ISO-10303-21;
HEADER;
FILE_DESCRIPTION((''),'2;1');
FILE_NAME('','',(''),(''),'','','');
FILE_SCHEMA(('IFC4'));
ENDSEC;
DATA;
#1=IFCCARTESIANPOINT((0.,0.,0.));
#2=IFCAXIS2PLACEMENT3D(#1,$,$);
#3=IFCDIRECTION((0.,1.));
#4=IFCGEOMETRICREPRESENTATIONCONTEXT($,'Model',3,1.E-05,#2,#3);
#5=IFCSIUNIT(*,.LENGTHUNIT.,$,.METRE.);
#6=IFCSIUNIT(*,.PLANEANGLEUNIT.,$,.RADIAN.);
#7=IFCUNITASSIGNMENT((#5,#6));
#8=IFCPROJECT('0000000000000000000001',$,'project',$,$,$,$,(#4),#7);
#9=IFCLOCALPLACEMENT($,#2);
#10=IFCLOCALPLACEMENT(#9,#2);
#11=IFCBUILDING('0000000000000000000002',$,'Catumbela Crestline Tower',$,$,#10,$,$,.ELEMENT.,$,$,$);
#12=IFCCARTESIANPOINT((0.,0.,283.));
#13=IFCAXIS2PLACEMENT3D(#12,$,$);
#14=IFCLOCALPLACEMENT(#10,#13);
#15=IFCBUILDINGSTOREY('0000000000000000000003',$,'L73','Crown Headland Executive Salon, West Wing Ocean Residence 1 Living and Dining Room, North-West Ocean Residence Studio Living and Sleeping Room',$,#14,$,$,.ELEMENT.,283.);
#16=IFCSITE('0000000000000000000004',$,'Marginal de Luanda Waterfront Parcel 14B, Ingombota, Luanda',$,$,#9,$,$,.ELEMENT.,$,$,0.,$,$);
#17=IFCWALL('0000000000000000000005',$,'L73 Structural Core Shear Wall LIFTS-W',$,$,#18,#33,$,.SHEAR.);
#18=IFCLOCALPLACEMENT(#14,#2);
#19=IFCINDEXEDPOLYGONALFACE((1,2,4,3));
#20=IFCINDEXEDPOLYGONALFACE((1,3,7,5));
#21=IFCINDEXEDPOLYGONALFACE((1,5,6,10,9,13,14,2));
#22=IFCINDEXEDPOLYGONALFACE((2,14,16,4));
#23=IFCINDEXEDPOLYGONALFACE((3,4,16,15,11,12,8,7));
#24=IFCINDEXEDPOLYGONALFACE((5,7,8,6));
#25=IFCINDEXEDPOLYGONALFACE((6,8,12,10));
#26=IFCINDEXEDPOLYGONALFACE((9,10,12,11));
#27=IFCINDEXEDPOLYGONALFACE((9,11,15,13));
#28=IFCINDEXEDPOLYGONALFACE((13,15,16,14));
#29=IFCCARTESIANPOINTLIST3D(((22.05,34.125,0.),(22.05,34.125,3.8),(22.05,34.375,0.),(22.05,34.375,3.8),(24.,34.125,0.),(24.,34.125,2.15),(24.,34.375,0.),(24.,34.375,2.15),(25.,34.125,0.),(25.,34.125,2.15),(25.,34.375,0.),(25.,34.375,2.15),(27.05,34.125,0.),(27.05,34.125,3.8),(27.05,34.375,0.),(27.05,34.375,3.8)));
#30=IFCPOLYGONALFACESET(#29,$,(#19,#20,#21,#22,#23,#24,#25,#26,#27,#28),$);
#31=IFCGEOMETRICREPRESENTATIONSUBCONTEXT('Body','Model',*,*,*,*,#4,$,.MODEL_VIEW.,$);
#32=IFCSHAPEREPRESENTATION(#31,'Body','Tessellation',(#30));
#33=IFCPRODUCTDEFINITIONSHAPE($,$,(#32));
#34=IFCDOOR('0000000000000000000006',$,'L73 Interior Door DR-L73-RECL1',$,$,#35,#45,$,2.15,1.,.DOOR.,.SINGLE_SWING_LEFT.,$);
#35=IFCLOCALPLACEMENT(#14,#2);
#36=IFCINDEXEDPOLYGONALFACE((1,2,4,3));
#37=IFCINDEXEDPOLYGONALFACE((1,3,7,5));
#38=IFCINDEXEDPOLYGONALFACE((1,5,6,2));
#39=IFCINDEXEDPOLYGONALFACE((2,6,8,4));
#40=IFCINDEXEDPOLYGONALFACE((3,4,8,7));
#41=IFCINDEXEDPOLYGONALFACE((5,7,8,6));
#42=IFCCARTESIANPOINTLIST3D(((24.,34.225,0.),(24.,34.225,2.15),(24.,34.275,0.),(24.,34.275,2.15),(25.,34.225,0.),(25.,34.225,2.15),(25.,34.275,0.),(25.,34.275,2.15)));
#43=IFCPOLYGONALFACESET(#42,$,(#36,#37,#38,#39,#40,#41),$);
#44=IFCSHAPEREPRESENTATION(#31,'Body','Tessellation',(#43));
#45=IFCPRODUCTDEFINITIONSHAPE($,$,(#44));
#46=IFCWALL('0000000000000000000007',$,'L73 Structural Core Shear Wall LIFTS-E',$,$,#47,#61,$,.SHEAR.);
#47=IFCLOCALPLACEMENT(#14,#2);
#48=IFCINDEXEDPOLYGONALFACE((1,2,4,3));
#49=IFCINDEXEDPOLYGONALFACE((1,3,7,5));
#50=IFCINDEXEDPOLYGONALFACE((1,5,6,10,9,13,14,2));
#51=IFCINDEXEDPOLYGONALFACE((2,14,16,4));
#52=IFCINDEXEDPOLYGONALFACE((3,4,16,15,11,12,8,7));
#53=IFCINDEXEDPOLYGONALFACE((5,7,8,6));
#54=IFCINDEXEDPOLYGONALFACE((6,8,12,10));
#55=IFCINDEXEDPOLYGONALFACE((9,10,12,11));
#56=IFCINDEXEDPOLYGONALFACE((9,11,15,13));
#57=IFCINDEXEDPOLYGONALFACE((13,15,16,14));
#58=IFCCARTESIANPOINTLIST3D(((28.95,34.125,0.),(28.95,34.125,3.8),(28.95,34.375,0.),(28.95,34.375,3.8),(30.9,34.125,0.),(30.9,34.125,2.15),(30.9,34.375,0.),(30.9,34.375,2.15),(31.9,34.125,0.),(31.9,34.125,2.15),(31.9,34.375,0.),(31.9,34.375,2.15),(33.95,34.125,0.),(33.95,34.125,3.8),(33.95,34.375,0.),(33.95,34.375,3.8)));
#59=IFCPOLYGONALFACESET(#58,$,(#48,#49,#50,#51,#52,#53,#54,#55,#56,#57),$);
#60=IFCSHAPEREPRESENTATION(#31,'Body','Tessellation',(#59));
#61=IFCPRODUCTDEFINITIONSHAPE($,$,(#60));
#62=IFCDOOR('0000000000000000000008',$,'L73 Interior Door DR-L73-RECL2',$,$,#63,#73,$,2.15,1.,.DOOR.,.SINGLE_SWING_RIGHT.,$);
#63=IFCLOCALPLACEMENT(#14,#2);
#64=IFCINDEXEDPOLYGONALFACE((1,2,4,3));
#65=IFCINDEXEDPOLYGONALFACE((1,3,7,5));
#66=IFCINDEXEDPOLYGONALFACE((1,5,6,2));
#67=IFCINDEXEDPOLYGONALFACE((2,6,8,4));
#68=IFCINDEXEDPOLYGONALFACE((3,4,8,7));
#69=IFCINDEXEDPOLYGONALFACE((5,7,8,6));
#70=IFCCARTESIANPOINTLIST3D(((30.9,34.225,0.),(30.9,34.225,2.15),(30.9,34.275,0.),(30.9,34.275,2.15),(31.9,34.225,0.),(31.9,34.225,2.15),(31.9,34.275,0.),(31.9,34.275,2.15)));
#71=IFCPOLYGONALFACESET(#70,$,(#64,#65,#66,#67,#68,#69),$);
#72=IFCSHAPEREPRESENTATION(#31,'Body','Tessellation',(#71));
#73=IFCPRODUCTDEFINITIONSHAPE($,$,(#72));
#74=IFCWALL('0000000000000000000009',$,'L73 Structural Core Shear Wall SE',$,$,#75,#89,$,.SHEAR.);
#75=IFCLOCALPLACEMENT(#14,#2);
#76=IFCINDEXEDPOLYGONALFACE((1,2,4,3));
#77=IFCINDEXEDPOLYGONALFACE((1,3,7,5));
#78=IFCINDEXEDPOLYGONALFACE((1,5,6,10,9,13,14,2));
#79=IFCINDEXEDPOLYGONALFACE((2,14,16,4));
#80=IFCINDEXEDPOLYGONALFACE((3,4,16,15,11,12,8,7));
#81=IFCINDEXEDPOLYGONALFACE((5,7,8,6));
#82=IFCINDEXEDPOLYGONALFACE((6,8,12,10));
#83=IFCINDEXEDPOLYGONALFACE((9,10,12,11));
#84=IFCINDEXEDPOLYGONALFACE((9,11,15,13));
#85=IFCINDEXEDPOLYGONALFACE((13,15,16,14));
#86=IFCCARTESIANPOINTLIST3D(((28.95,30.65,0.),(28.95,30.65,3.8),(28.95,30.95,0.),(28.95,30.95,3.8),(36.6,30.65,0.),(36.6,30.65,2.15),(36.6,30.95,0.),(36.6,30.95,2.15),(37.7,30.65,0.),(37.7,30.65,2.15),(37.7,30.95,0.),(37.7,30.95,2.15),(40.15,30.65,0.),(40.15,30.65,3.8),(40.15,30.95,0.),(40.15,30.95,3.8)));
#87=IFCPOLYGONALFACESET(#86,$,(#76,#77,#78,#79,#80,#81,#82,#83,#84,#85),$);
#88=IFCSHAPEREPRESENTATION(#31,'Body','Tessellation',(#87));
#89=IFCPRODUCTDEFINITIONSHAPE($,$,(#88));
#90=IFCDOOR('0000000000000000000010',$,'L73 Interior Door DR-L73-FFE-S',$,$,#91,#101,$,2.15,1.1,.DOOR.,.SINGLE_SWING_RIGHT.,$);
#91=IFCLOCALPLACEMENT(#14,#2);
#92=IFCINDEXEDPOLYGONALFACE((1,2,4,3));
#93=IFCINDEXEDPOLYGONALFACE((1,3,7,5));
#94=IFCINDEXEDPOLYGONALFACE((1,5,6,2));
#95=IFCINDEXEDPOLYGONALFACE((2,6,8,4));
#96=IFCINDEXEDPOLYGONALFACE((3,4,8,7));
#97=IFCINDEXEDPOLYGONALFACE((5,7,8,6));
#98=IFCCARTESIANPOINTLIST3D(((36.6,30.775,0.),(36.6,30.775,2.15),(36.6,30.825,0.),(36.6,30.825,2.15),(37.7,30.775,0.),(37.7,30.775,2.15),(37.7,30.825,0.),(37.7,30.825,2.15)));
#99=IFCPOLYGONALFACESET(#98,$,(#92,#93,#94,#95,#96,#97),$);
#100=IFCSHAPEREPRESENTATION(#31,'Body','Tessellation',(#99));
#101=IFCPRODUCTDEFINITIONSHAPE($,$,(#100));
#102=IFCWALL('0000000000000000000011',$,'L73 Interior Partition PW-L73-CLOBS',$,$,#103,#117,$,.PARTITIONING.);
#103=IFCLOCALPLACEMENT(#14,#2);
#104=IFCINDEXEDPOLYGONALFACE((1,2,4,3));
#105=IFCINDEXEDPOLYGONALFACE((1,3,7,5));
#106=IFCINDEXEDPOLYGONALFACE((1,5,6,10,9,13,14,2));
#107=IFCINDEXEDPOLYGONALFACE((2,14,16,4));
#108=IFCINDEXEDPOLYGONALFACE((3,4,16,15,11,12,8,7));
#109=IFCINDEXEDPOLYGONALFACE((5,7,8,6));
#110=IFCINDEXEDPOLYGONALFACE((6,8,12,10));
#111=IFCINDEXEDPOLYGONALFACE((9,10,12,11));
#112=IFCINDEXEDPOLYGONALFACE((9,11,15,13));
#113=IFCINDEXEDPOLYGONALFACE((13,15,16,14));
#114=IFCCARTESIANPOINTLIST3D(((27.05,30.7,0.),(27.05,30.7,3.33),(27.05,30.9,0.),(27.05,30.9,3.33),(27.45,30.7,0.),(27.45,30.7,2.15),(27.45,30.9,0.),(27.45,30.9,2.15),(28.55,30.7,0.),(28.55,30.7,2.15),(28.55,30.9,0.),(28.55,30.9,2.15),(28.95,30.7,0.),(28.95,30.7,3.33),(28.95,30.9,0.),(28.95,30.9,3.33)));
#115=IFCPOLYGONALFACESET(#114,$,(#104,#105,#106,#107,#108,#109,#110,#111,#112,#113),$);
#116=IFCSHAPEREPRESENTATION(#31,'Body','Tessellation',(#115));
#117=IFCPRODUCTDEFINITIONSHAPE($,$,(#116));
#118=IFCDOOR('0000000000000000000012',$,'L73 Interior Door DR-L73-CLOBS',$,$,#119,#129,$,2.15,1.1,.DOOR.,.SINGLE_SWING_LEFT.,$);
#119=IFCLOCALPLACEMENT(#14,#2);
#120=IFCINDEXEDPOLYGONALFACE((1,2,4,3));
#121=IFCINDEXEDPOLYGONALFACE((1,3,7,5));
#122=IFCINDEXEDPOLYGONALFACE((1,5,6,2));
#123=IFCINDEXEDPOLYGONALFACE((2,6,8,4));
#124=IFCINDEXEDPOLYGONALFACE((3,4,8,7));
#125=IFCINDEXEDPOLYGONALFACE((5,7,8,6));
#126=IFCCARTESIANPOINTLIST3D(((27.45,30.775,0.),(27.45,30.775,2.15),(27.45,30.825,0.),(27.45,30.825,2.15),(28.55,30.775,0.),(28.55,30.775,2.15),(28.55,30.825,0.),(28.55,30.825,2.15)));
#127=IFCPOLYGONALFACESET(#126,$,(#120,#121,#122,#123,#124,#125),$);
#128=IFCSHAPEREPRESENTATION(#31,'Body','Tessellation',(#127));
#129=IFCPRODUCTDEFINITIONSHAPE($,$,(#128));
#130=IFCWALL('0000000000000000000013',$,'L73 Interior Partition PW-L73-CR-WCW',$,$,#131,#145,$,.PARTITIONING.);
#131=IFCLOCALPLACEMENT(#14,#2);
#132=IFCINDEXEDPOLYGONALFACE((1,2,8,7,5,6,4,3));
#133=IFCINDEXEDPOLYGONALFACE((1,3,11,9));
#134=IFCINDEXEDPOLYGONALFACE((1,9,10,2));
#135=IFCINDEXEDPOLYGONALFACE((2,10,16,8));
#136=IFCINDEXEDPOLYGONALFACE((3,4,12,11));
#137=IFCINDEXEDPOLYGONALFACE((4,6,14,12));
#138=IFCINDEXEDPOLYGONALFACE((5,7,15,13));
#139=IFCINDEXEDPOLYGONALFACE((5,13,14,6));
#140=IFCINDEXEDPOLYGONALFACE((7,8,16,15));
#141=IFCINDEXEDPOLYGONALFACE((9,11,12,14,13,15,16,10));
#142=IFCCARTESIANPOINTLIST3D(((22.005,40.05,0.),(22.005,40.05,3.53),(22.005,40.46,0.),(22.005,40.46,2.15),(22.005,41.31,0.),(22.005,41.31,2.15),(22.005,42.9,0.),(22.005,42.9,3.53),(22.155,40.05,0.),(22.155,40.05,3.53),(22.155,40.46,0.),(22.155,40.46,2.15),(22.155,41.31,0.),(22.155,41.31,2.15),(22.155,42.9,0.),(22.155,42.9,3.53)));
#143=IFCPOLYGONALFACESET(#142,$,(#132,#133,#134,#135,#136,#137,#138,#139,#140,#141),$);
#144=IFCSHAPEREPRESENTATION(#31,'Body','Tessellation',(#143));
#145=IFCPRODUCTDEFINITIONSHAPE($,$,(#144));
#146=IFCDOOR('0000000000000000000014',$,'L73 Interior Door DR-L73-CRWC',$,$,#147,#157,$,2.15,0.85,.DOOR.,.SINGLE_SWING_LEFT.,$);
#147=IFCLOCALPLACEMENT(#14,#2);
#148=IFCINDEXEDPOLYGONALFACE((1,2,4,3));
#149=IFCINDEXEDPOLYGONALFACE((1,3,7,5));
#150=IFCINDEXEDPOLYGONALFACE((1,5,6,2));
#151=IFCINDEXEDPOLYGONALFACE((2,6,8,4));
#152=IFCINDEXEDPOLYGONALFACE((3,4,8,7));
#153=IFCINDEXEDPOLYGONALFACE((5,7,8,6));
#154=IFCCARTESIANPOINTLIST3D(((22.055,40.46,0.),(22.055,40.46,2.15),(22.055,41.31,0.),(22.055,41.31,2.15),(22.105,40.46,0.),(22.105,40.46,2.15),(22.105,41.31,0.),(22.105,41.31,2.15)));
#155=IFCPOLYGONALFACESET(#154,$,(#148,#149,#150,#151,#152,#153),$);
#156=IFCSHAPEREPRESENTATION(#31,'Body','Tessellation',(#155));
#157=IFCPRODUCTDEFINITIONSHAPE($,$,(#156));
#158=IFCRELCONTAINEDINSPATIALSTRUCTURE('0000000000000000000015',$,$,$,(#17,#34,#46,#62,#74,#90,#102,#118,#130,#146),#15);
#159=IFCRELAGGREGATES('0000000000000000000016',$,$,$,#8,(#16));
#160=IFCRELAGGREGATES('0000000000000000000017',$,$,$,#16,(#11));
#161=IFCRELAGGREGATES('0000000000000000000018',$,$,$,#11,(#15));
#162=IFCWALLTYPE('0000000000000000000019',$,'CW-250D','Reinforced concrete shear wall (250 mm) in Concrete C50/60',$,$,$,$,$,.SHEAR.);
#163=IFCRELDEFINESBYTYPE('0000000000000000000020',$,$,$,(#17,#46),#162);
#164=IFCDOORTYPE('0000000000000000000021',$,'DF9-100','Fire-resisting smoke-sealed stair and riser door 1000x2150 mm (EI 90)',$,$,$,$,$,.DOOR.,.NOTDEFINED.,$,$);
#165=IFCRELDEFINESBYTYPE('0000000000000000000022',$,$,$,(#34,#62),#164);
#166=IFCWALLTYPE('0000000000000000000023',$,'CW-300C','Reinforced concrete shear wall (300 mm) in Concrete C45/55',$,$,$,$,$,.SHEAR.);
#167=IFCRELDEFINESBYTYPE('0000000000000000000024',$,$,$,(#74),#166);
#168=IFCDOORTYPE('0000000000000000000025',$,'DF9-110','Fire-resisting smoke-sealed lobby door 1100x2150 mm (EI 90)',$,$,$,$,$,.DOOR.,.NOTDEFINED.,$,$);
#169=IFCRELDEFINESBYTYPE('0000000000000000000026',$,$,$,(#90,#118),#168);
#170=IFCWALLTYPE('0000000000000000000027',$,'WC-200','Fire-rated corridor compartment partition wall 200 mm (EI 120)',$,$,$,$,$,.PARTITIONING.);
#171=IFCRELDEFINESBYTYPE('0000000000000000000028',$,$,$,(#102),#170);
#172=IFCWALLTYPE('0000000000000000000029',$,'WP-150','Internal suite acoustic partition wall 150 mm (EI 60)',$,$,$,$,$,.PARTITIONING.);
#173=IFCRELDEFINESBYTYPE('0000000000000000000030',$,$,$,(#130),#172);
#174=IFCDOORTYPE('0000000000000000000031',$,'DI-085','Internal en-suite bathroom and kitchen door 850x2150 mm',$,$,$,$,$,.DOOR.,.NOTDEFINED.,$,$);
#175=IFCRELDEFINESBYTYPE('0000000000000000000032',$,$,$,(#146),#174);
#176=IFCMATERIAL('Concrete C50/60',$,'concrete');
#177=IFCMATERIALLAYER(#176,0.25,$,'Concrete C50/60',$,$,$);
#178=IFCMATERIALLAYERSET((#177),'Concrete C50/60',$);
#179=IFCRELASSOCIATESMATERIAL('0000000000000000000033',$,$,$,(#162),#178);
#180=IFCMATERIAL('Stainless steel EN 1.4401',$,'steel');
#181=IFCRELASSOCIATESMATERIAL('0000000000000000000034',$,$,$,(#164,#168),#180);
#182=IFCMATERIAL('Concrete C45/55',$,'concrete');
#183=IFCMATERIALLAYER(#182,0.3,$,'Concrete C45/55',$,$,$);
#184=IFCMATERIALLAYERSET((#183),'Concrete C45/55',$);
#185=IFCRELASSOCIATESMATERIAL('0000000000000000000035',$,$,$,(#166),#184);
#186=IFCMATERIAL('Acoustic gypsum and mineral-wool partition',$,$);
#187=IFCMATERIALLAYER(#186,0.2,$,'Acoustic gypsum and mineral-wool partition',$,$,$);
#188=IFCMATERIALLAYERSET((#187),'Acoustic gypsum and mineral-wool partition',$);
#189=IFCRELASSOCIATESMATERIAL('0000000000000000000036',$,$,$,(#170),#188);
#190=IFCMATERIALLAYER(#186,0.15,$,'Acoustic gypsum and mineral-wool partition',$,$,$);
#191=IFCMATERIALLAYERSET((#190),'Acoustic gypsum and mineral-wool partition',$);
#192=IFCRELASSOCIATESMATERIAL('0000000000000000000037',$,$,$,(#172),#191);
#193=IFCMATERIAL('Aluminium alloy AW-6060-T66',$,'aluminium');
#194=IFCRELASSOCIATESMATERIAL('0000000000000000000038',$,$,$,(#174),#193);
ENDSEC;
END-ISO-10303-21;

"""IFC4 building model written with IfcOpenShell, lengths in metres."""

from ifc_helpers import new_model, si_unit, direction, frame, frame_2d, origin, place, context, subcontext, project, spatial, rectangle, extrude, material, layer, layer_set, type_object, element, fill, save


model = new_model("IFC4")

# Units and contexts
model_context = context("Model", 3, precision=1e-05, world=origin(), true_north=direction((0.0, 1.0)))
body_context = subcontext(model_context, "Body", "Model", "MODEL_VIEW")
ifc_project = project(units=[si_unit("LENGTHUNIT", "METRE"), si_unit("PLANEANGLEUNIT", "RADIAN")], contexts=[model_context])

# Site, building, storey
site_placement = place(None, origin())
site = spatial("IfcSite", under=ifc_project, at=site_placement, Name="Marginal de Luanda Waterfront Parcel 14B, Ingombota, Luanda", CompositionType="ELEMENT", RefElevation=0.0)
building_placement = place(site_placement, origin())
building = spatial("IfcBuilding", under=site, at=building_placement, Name="Catumbela Crestline Tower", CompositionType="ELEMENT")
storey_placement = place(building_placement, frame((0.0, 0.0, 283.0)))
storey = spatial("IfcBuildingStorey", under=building, at=storey_placement, Name="L73", Description="Crown Headland Executive Salon, West Wing Ocean Residence 1 Living and Dining Room, North-West Ocean Residence Studio Living and Sleeping Room", CompositionType="ELEMENT", Elevation=283.0)

# Walls, openings, doors
ifc_material_1 = material(Name="Concrete C50/60", Category="concrete")
ifc_layer_1 = layer(ifc_material_1, 0.25, Name="Concrete C50/60")
ifc_layer_set_1 = layer_set([ifc_layer_1], Name="Concrete C50/60")
wall_type_1 = type_object("IfcWallType", Name="CW-250D", Description="Reinforced concrete shear wall (250 mm) in Concrete C50/60", PredefinedType="SHEAR", material=ifc_layer_set_1)
wall_1_placement = place(storey_placement, frame((22.05, 34.25, 0.0), z_axis=(0.0, 0.0, 1.0), x_axis=(1.0, 0.0, 0.0)))
wall_1 = element("IfcWall", 1, at=wall_1_placement, inside=storey, type_object=wall_type_1, Name="L73 Structural Core Shear Wall LIFTS-W", PredefinedType="SHEAR", context=body_context, shape_type="SweptSolid", body=[
    extrude(rectangle(XDim=5.0, YDim=0.25, at=frame_2d((2.5, 0.0))), origin(), (0.0, 0.0, 1.0), 3.8),
])
opening_1_placement = place(wall_1_placement, frame((1.95, 0.0, 0.0)))
opening_1 = element("IfcOpeningElement", 2, at=opening_1_placement, cuts=wall_1, PredefinedType="OPENING", context=body_context, shape_type="SweptSolid", body=[
    extrude(rectangle(XDim=1.0, YDim=2.15, at=frame_2d((0.5, 1.075))), frame((0.0, 0.135, 0.0), z_axis=(0.0, -1.0, 0.0), x_axis=(1.0, 0.0, 0.0)), (0.0, 0.0, 1.0), 0.27),
])
ifc_material_2 = material(Name="Stainless steel EN 1.4401", Category="steel")
door_type_1 = type_object("IfcDoorType", Name="DF9-100", Description="Fire-resisting smoke-sealed stair and riser door 1000x2150 mm (EI 90)", OperationType="NOTDEFINED", PredefinedType="DOOR", material=ifc_material_2)
door_1_placement = place(opening_1_placement, origin())
door_1 = element("IfcDoor", 3, at=door_1_placement, inside=storey, type_object=door_type_1, Name="L73 Interior Door DR-L73-RECL1", OperationType="SINGLE_SWING_LEFT", OverallHeight=2.15, OverallWidth=1.0, PredefinedType="DOOR", context=body_context, shape_type="SweptSolid", body=[
    extrude(rectangle(XDim=1.0, YDim=2.15, at=frame_2d((0.5, 1.075))), frame((0.0, 0.025, 0.0), z_axis=(0.0, -1.0, 0.0), x_axis=(1.0, 0.0, 0.0)), (0.0, 0.0, 1.0), 0.05),
])
fill(opening_1, door_1)
wall_2_placement = place(storey_placement, frame((28.95, 34.25, 0.0), z_axis=(0.0, 0.0, 1.0), x_axis=(1.0, 0.0, 0.0)))
wall_2 = element("IfcWall", 4, at=wall_2_placement, inside=storey, type_object=wall_type_1, Name="L73 Structural Core Shear Wall LIFTS-E", PredefinedType="SHEAR", context=body_context, shape_type="SweptSolid", body=[
    extrude(rectangle(XDim=5.0, YDim=0.25, at=frame_2d((2.5, 0.0))), origin(), (0.0, 0.0, 1.0), 3.8),
])
opening_2_placement = place(wall_2_placement, frame((1.95, 0.0, 0.0)))
opening_2 = element("IfcOpeningElement", 5, at=opening_2_placement, cuts=wall_2, PredefinedType="OPENING", context=body_context, shape_type="SweptSolid", body=[
    extrude(rectangle(XDim=1.0, YDim=2.15, at=frame_2d((0.5, 1.075))), frame((0.0, 0.135, 0.0), z_axis=(0.0, -1.0, 0.0), x_axis=(1.0, 0.0, 0.0)), (0.0, 0.0, 1.0), 0.27),
])
door_2_placement = place(opening_2_placement, origin())
door_2 = element("IfcDoor", 6, at=door_2_placement, inside=storey, type_object=door_type_1, Name="L73 Interior Door DR-L73-RECL2", OperationType="SINGLE_SWING_RIGHT", OverallHeight=2.15, OverallWidth=1.0, PredefinedType="DOOR", context=body_context, shape_type="SweptSolid", body=[
    extrude(rectangle(XDim=1.0, YDim=2.15, at=frame_2d((0.5, 1.075))), frame((0.0, 0.025, 0.0), z_axis=(0.0, -1.0, 0.0), x_axis=(1.0, 0.0, 0.0)), (0.0, 0.0, 1.0), 0.05),
])
fill(opening_2, door_2)
ifc_material_3 = material(Name="Concrete C45/55", Category="concrete")
ifc_layer_2 = layer(ifc_material_3, 0.3, Name="Concrete C45/55")
ifc_layer_set_2 = layer_set([ifc_layer_2], Name="Concrete C45/55")
wall_type_2 = type_object("IfcWallType", Name="CW-300C", Description="Reinforced concrete shear wall (300 mm) in Concrete C45/55", PredefinedType="SHEAR", material=ifc_layer_set_2)
wall_3_placement = place(storey_placement, frame((28.95, 30.8, 0.0), z_axis=(0.0, 0.0, 1.0), x_axis=(1.0, 0.0, 0.0)))
wall_3 = element("IfcWall", 7, at=wall_3_placement, inside=storey, type_object=wall_type_2, Name="L73 Structural Core Shear Wall SE", PredefinedType="SHEAR", context=body_context, shape_type="SweptSolid", body=[
    extrude(rectangle(XDim=11.2, YDim=0.3, at=frame_2d((5.6, 0.0))), origin(), (0.0, 0.0, 1.0), 3.8),
])
opening_3_placement = place(wall_3_placement, frame((7.65, 0.0, 0.0)))
opening_3 = element("IfcOpeningElement", 8, at=opening_3_placement, cuts=wall_3, PredefinedType="OPENING", context=body_context, shape_type="SweptSolid", body=[
    extrude(rectangle(XDim=1.1, YDim=2.15, at=frame_2d((0.55, 1.075))), frame((0.0, 0.16, 0.0), z_axis=(0.0, -1.0, 0.0), x_axis=(1.0, 0.0, 0.0)), (0.0, 0.0, 1.0), 0.32),
])
door_type_2 = type_object("IfcDoorType", Name="DF9-110", Description="Fire-resisting smoke-sealed lobby door 1100x2150 mm (EI 90)", OperationType="NOTDEFINED", PredefinedType="DOOR", material=ifc_material_2)
door_3_placement = place(opening_3_placement, origin())
door_3 = element("IfcDoor", 9, at=door_3_placement, inside=storey, type_object=door_type_2, Name="L73 Interior Door DR-L73-FFE-S", OperationType="SINGLE_SWING_RIGHT", OverallHeight=2.15, OverallWidth=1.1, PredefinedType="DOOR", context=body_context, shape_type="SweptSolid", body=[
    extrude(rectangle(XDim=1.1, YDim=2.15, at=frame_2d((0.55, 1.075))), frame((0.0, 0.025, 0.0), z_axis=(0.0, -1.0, 0.0), x_axis=(1.0, 0.0, 0.0)), (0.0, 0.0, 1.0), 0.05),
])
fill(opening_3, door_3)
ifc_material_4 = material(Name="Acoustic gypsum and mineral-wool partition")
ifc_layer_3 = layer(ifc_material_4, 0.2, Name="Acoustic gypsum and mineral-wool partition")
ifc_layer_set_3 = layer_set([ifc_layer_3], Name="Acoustic gypsum and mineral-wool partition")
wall_type_3 = type_object("IfcWallType", Name="WC-200", Description="Fire-rated corridor compartment partition wall 200 mm (EI 120)", PredefinedType="PARTITIONING", material=ifc_layer_set_3)
wall_4_placement = place(storey_placement, frame((27.05, 30.8, 0.0), z_axis=(0.0, 0.0, 1.0), x_axis=(1.0, 0.0, 0.0)))
wall_4 = element("IfcWall", 10, at=wall_4_placement, inside=storey, type_object=wall_type_3, Name="L73 Interior Partition PW-L73-CLOBS", PredefinedType="PARTITIONING", context=body_context, shape_type="SweptSolid", body=[
    extrude(rectangle(XDim=1.9, YDim=0.2, at=frame_2d((0.95, 0.0))), origin(), (0.0, 0.0, 1.0), 3.33),
])
opening_4_placement = place(wall_4_placement, frame((0.4, 0.0, 0.0)))
opening_4 = element("IfcOpeningElement", 11, at=opening_4_placement, cuts=wall_4, PredefinedType="OPENING", context=body_context, shape_type="SweptSolid", body=[
    extrude(rectangle(XDim=1.1, YDim=2.15, at=frame_2d((0.55, 1.075))), frame((0.0, 0.11, 0.0), z_axis=(0.0, -1.0, 0.0), x_axis=(1.0, 0.0, 0.0)), (0.0, 0.0, 1.0), 0.22),
])
door_4_placement = place(opening_4_placement, origin())
door_4 = element("IfcDoor", 12, at=door_4_placement, inside=storey, type_object=door_type_2, Name="L73 Interior Door DR-L73-CLOBS", OperationType="SINGLE_SWING_LEFT", OverallHeight=2.15, OverallWidth=1.1, PredefinedType="DOOR", context=body_context, shape_type="SweptSolid", body=[
    extrude(rectangle(XDim=1.1, YDim=2.15, at=frame_2d((0.55, 1.075))), frame((0.0, 0.025, 0.0), z_axis=(0.0, -1.0, 0.0), x_axis=(1.0, 0.0, 0.0)), (0.0, 0.0, 1.0), 0.05),
])
fill(opening_4, door_4)
ifc_layer_4 = layer(ifc_material_4, 0.15, Name="Acoustic gypsum and mineral-wool partition")
ifc_layer_set_4 = layer_set([ifc_layer_4], Name="Acoustic gypsum and mineral-wool partition")
wall_type_4 = type_object("IfcWallType", Name="WP-150", Description="Internal suite acoustic partition wall 150 mm (EI 60)", PredefinedType="PARTITIONING", material=ifc_layer_set_4)
wall_5_placement = place(storey_placement, frame((22.08, 40.05, 0.0), z_axis=(0.0, 0.0, 1.0), x_axis=(0.0, 1.0, 0.0)))
wall_5 = element("IfcWall", 13, at=wall_5_placement, inside=storey, type_object=wall_type_4, Name="L73 Interior Partition PW-L73-CR-WCW", PredefinedType="PARTITIONING", context=body_context, shape_type="SweptSolid", body=[
    extrude(rectangle(XDim=2.85, YDim=0.15, at=frame_2d((1.425, 0.0))), origin(), (0.0, 0.0, 1.0), 3.53),
])
opening_5_placement = place(wall_5_placement, frame((0.41, 0.0, 0.0)))
opening_5 = element("IfcOpeningElement", 14, at=opening_5_placement, cuts=wall_5, PredefinedType="OPENING", context=body_context, shape_type="SweptSolid", body=[
    extrude(rectangle(XDim=0.85, YDim=2.15, at=frame_2d((0.425, 1.075))), frame((0.0, 0.085, 0.0), z_axis=(0.0, -1.0, 0.0), x_axis=(1.0, 0.0, 0.0)), (0.0, 0.0, 1.0), 0.17),
])
ifc_material_5 = material(Name="Aluminium alloy AW-6060-T66", Category="aluminium")
door_type_3 = type_object("IfcDoorType", Name="DI-085", Description="Internal en-suite bathroom and kitchen door 850x2150 mm", OperationType="NOTDEFINED", PredefinedType="DOOR", material=ifc_material_5)
door_5_placement = place(opening_5_placement, origin())
door_5 = element("IfcDoor", 15, at=door_5_placement, inside=storey, type_object=door_type_3, Name="L73 Interior Door DR-L73-CRWC", OperationType="SINGLE_SWING_LEFT", OverallHeight=2.15, OverallWidth=0.85, PredefinedType="DOOR", context=body_context, shape_type="SweptSolid", body=[
    extrude(rectangle(XDim=0.85, YDim=2.15, at=frame_2d((0.425, 1.075))), frame((0.0, 0.025, 0.0), z_axis=(0.0, -1.0, 0.0), x_axis=(1.0, 0.0, 0.0)), (0.0, 0.0, 1.0), 0.05),
])
fill(opening_5, door_5)

save(model, "model.ifc")
